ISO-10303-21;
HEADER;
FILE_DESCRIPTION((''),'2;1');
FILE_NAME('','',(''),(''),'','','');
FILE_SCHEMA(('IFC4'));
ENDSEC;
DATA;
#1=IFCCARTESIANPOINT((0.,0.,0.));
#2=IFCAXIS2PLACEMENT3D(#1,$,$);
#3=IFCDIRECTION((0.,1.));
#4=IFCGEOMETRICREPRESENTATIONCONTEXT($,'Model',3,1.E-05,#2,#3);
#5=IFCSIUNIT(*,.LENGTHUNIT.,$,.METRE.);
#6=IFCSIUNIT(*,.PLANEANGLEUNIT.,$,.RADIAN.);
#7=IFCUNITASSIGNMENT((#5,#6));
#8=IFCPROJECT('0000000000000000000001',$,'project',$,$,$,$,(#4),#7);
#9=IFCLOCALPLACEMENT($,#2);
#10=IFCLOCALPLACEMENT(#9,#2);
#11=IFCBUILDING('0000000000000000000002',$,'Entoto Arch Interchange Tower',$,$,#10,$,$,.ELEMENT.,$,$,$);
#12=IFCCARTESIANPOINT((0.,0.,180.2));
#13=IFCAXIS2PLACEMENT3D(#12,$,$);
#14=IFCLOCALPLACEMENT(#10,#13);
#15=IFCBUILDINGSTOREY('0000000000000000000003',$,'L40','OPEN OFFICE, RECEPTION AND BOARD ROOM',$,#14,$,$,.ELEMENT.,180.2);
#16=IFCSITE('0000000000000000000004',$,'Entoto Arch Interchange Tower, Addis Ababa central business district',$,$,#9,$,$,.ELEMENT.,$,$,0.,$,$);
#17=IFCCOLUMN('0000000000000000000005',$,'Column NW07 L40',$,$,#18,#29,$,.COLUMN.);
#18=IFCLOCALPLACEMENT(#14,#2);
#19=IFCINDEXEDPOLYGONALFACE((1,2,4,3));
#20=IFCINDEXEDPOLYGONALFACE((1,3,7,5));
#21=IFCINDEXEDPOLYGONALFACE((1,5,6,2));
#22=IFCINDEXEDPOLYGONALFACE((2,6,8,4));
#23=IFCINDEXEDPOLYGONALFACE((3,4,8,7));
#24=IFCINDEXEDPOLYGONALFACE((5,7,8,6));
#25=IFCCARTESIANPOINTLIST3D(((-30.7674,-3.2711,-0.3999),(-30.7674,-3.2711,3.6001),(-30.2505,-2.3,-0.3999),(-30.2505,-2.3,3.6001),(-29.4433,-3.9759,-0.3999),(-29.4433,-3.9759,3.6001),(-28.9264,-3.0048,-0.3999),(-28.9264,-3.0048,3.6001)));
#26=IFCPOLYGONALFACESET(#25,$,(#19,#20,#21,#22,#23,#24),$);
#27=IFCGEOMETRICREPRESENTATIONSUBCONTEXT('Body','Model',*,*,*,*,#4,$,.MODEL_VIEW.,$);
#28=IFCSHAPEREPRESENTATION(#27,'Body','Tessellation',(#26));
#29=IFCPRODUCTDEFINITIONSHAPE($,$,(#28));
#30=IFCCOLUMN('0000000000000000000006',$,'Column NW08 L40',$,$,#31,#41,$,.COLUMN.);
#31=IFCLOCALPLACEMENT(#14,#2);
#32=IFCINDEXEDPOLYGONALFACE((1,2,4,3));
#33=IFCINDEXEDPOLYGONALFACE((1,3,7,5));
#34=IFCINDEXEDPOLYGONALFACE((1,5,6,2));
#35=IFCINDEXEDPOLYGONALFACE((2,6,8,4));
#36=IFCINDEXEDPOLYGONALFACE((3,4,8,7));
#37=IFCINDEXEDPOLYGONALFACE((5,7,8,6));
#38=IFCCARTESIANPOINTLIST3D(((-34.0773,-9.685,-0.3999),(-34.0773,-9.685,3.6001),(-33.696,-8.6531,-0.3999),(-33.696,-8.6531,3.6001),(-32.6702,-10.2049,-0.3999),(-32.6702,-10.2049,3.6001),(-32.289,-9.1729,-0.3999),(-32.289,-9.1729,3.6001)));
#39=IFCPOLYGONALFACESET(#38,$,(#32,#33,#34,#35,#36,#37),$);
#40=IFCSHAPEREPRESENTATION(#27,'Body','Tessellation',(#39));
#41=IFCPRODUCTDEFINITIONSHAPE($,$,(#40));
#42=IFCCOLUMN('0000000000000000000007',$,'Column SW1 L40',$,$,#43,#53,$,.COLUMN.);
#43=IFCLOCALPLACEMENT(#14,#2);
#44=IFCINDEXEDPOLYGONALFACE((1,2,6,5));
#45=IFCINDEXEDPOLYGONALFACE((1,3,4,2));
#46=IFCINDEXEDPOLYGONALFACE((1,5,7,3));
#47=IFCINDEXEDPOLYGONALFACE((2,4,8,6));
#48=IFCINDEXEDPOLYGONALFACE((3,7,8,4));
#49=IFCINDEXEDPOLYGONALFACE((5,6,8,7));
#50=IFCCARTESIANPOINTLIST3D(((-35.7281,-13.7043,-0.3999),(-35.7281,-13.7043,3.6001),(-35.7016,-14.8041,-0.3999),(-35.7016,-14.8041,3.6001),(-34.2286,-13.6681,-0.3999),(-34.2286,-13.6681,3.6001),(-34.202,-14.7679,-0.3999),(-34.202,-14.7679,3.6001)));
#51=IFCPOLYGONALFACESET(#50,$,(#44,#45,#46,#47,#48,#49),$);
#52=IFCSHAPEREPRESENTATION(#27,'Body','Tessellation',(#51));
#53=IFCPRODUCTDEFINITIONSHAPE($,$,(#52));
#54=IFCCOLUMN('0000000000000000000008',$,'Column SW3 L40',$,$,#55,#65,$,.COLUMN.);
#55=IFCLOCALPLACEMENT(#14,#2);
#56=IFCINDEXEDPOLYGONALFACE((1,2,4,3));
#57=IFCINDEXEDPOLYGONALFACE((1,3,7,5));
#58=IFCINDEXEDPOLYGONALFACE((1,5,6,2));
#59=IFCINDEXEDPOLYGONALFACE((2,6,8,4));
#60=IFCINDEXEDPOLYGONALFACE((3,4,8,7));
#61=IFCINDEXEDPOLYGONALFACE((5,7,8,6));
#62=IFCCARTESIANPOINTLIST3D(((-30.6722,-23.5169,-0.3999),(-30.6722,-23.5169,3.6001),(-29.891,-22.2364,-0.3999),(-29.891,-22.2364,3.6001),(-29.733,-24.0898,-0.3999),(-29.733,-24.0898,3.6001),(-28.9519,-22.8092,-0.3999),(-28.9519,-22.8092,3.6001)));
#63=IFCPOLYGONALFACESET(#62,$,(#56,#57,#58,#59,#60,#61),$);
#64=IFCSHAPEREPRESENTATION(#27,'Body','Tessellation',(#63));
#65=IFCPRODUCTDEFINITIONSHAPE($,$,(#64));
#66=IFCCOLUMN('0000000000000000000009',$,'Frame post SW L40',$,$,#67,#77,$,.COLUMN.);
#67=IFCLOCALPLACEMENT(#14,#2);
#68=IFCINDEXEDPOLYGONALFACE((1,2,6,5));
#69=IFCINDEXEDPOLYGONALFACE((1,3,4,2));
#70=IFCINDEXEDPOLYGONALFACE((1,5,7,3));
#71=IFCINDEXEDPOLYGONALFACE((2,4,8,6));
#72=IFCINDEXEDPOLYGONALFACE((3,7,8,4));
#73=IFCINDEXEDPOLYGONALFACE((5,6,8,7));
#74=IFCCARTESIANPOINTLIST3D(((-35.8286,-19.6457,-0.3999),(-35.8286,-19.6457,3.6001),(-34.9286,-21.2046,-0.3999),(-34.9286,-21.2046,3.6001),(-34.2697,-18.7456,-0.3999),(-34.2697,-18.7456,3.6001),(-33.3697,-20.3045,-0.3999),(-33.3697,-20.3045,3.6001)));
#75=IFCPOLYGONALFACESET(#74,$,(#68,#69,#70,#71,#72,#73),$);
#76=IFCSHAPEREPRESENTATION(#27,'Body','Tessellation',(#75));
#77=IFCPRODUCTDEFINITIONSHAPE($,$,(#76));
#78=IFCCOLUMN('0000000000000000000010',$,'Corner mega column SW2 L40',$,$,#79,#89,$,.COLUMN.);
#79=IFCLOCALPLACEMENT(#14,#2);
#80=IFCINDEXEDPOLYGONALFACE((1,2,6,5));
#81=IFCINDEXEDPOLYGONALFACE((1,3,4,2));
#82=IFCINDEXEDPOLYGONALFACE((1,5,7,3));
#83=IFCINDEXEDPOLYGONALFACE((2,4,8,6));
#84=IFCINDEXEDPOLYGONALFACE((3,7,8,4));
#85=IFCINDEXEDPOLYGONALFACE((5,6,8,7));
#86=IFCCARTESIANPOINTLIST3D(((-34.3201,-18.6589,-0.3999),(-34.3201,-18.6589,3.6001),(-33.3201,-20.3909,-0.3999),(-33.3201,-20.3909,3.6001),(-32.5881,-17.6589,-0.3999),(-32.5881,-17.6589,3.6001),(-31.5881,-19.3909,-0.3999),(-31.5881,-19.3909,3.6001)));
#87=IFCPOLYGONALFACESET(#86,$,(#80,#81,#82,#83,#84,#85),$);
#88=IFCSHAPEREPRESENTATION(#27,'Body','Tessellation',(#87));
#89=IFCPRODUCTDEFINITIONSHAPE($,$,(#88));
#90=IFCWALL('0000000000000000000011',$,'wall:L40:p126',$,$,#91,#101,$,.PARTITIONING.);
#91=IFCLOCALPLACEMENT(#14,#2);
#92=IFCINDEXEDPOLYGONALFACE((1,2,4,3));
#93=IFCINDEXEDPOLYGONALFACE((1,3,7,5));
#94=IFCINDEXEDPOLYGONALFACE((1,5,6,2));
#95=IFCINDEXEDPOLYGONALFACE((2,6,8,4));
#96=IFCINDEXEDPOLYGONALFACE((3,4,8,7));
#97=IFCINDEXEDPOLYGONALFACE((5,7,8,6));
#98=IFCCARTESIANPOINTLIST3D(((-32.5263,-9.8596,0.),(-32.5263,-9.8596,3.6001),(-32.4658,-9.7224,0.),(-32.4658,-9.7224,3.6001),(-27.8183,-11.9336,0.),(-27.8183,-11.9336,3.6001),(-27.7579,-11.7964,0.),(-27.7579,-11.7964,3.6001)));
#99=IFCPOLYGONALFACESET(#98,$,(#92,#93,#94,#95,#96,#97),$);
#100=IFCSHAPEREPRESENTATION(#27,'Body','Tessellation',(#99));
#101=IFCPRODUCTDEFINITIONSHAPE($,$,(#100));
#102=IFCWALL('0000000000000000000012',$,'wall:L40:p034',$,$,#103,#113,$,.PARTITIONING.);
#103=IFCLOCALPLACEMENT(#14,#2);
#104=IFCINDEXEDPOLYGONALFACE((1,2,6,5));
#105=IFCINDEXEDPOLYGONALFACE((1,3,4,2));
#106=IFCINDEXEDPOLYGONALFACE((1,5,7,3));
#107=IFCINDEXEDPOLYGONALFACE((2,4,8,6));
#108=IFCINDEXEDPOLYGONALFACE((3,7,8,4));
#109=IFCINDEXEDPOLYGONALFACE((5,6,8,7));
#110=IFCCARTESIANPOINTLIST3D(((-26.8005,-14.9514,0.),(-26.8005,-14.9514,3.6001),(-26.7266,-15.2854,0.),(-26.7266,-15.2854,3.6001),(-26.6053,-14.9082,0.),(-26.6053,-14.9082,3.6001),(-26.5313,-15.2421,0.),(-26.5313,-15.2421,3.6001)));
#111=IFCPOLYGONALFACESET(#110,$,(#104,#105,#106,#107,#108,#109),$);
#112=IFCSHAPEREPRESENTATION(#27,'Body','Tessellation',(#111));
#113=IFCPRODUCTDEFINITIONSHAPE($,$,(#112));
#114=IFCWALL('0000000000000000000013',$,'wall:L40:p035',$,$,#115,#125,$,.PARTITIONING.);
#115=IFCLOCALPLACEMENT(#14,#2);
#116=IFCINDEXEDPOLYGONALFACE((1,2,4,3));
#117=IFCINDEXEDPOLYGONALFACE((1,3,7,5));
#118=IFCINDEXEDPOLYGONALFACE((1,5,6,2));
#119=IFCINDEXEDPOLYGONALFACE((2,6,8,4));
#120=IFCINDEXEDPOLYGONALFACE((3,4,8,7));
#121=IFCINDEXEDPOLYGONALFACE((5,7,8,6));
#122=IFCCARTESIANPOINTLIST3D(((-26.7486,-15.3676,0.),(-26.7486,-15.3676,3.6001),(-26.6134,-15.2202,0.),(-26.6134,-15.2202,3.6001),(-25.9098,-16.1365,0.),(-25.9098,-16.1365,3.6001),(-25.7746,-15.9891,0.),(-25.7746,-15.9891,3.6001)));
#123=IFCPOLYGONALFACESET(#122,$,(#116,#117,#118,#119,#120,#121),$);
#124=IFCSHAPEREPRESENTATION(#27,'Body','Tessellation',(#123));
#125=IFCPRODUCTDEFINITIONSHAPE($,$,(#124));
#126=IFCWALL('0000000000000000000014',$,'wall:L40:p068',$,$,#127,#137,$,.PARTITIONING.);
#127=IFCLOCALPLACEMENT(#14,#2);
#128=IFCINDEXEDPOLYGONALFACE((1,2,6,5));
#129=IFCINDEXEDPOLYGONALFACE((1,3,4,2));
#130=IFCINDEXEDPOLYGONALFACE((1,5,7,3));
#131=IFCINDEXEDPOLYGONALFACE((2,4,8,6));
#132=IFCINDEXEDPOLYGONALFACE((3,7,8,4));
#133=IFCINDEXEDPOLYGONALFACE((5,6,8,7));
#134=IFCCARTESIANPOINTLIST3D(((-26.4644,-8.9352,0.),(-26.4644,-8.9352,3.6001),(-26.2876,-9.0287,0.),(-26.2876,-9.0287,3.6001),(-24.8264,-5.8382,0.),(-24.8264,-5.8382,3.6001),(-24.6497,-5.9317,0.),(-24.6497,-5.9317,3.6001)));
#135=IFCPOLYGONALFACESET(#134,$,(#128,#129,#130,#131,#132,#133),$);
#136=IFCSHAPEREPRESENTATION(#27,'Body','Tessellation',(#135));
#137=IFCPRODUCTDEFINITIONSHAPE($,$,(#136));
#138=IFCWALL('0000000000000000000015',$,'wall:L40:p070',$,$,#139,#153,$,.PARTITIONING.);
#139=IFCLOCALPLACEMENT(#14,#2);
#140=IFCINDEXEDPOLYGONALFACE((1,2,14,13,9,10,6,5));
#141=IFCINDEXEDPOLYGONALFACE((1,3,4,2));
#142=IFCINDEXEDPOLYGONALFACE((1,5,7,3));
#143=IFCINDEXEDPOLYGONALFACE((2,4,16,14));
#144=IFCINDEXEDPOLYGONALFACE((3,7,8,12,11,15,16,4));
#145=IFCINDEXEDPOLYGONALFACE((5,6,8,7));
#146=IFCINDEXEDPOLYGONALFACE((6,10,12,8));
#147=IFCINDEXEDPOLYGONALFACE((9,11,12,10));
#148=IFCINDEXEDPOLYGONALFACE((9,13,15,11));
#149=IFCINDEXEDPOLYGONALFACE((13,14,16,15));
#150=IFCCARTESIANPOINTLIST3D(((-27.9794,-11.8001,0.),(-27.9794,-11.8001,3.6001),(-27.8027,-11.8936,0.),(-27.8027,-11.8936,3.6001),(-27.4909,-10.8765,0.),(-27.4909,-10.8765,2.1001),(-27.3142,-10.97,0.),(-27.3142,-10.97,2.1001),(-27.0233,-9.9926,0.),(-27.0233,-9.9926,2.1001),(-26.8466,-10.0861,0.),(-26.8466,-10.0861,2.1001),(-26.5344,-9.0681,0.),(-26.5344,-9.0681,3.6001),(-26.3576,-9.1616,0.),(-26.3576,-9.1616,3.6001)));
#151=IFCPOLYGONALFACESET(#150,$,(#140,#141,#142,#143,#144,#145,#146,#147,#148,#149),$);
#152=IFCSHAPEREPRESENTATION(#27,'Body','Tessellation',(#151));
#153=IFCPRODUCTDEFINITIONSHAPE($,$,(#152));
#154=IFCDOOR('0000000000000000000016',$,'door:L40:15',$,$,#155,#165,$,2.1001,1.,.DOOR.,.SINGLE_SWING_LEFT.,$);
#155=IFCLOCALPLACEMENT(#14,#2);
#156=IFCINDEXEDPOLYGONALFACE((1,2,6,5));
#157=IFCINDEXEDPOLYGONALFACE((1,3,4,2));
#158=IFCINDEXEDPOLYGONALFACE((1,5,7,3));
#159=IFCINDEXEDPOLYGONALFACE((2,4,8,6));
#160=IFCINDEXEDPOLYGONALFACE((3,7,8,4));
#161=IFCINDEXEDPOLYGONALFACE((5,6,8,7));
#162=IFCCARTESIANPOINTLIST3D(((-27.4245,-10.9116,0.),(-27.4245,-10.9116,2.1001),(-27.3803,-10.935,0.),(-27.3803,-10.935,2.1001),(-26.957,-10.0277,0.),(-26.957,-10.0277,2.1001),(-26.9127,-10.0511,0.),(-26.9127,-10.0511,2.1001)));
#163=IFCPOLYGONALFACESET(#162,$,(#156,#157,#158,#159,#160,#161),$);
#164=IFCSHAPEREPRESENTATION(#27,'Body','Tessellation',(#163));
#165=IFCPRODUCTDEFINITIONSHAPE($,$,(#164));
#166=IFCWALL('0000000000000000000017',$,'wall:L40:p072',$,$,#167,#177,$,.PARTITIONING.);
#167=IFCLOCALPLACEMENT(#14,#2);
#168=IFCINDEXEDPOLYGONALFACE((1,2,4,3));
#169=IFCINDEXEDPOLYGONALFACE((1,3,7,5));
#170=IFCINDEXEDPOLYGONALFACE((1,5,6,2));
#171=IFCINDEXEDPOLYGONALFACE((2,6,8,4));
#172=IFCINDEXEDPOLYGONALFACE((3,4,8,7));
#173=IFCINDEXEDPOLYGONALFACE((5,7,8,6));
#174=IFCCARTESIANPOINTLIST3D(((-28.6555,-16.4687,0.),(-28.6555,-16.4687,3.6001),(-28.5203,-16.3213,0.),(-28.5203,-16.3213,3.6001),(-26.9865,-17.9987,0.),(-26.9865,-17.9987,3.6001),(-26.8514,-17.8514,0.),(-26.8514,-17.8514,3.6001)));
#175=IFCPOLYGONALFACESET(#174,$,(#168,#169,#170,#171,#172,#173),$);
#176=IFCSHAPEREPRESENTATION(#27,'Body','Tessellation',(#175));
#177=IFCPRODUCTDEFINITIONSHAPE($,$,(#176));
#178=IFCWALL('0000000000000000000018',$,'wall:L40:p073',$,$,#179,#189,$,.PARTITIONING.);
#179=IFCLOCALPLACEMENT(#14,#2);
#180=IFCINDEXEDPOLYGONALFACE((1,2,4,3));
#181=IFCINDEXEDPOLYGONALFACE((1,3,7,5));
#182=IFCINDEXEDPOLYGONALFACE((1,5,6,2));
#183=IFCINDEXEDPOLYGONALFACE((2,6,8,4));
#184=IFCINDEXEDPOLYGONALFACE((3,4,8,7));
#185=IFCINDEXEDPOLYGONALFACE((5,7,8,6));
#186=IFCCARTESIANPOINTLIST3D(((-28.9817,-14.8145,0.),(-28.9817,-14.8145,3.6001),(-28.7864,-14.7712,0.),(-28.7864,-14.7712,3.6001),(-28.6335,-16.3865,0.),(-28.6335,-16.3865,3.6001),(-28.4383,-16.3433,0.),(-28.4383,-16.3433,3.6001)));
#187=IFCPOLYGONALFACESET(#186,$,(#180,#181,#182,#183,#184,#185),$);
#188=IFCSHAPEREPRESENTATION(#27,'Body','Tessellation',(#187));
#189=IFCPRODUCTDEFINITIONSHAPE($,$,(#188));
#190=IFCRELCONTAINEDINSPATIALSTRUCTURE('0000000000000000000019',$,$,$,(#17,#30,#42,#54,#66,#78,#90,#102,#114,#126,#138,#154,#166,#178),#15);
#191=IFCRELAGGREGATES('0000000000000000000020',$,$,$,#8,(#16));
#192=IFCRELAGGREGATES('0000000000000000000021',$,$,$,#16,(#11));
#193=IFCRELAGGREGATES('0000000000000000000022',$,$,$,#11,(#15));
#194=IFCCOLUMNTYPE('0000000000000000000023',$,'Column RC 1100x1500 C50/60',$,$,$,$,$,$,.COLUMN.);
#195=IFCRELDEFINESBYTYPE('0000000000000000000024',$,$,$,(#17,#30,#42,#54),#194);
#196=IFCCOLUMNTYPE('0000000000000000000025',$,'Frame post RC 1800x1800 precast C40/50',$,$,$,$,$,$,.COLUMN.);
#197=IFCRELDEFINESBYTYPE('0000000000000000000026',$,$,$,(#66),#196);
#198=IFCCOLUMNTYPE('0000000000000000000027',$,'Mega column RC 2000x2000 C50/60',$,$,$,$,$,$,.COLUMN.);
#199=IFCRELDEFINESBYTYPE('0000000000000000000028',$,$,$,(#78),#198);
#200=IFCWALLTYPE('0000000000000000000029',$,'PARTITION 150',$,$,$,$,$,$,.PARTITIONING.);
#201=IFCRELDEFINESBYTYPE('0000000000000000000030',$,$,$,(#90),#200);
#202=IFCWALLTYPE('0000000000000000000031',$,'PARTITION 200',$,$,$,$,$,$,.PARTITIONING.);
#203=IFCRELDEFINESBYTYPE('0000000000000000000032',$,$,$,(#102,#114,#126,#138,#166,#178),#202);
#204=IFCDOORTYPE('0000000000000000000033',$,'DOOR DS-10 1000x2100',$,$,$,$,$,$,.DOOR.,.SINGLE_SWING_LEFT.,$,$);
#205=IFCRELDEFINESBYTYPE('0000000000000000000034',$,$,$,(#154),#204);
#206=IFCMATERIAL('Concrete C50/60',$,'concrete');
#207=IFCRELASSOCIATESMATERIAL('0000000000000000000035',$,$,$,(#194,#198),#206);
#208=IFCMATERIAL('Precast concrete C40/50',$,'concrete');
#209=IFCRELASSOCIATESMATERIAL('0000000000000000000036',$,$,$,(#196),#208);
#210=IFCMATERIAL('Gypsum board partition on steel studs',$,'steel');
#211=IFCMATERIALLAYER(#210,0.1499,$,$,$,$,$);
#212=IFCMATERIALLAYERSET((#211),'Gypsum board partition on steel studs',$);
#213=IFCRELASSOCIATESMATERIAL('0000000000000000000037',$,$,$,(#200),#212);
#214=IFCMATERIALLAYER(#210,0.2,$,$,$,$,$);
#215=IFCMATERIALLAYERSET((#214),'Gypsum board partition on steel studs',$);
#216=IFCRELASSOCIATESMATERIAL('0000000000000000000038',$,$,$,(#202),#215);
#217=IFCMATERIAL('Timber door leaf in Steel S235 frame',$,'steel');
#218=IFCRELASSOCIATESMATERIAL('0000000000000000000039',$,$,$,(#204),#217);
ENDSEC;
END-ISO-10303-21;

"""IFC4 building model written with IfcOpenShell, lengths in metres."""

from ifc_helpers import new_model, si_unit, direction, frame, frame_2d, origin, origin_2d, place, context, subcontext, project, spatial, rectangle, extrude, material, layer, layer_set, material_profile, profile_set, type_object, element, fill, save


model = new_model("IFC4")

# Units and contexts
model_context = context("Model", 3, precision=1e-05, world=origin(), true_north=direction((0.0, 1.0)))
body_context = subcontext(model_context, "Body", "Model", "MODEL_VIEW")
ifc_project = project(units=[si_unit("LENGTHUNIT", "METRE"), si_unit("PLANEANGLEUNIT", "RADIAN")], contexts=[model_context])

# Site, building, storey
site_placement = place(None, origin())
site = spatial("IfcSite", under=ifc_project, at=site_placement, Name="Entoto Arch Interchange Tower, Addis Ababa central business district", CompositionType="ELEMENT", RefElevation=0.0)
building_placement = place(site_placement, origin())
building = spatial("IfcBuilding", under=site, at=building_placement, Name="Entoto Arch Interchange Tower", CompositionType="ELEMENT")
storey_placement = place(building_placement, frame((0.0, 0.0, 180.2)))
storey = spatial("IfcBuildingStorey", under=building, at=storey_placement, Name="L40", Description="OPEN OFFICE, RECEPTION AND BOARD ROOM", CompositionType="ELEMENT", Elevation=180.2)

# Columns
ifc_material_1 = material(Name="Concrete C50/60", Category="concrete")
ifc_material_profile_1 = material_profile(ifc_material_1, rectangle(XDim=1.1001, YDim=1.5, at=origin_2d()))
ifc_profile_set_1 = profile_set([ifc_material_profile_1], Name="Concrete C50/60")
column_type_1 = type_object("IfcColumnType", Name="Column RC 1100x1500 C50/60", PredefinedType="COLUMN", material=ifc_profile_set_1)
for number, where, z_axis, x_axis, name in (
    (1, (-29.8469, -3.1379, -0.3999), (0.0, 0.0, 1.0), (0.469857, 0.882743, 0.0), "Column NW07 L40"),
    (2, (-33.1831, -9.429, -0.3999), (0.0, 0.0, 1.0), (0.346592, 0.938016, 0.0), "Column NW08 L40"),
    (3, (-34.9651, -14.2361, -0.3999), (0.0, 0.0, 1.0), (-0.024118, 0.999709, 0.0), "Column SW1 L40"),
    (4, (-29.812, -23.1631, -0.3999), (0.0, 0.0, 1.0), (-0.853714, 0.520741, 0.0), "Column SW3 L40"),
):
    element("IfcColumn", number, at=place(storey_placement, frame(where, z_axis=z_axis, x_axis=x_axis)), inside=storey, type_object=column_type_1, Name=name, PredefinedType="COLUMN", context=body_context, shape_type="SweptSolid", body=[
        extrude(rectangle(XDim=1.1001, YDim=1.5, at=origin_2d()), origin(), (0.0, 0.0, 1.0), 4.0),
    ])
ifc_material_2 = material(Name="Precast concrete C40/50", Category="concrete")
ifc_material_profile_2 = material_profile(ifc_material_2, rectangle(XDim=1.8, YDim=1.8, at=origin_2d()))
ifc_profile_set_2 = profile_set([ifc_material_profile_2], Name="Precast concrete C40/50")
column_type_2 = type_object("IfcColumnType", Name="Frame post RC 1800x1800 precast C40/50", PredefinedType="COLUMN", material=ifc_profile_set_2)
column_1_placement = place(storey_placement, frame((-34.5991, -19.9751, -0.3999), z_axis=(0.0, 0.0, 1.0), x_axis=(0.866025, 0.5, 0.0)))
element("IfcColumn", 5, at=column_1_placement, inside=storey, type_object=column_type_2, Name="Frame post SW L40", PredefinedType="COLUMN", context=body_context, shape_type="SweptSolid", body=[
    extrude(rectangle(XDim=1.8, YDim=1.8, at=origin_2d()), origin(), (0.0, 0.0, 1.0), 4.0),
])
ifc_material_profile_3 = material_profile(ifc_material_1, rectangle(XDim=2.0, YDim=2.0, at=origin_2d()))
ifc_profile_set_3 = profile_set([ifc_material_profile_3], Name="Concrete C50/60")
column_type_3 = type_object("IfcColumnType", Name="Mega column RC 2000x2000 C50/60", PredefinedType="COLUMN", material=ifc_profile_set_3)
column_2_placement = place(storey_placement, frame((-32.9541, -19.0249, -0.3999), z_axis=(0.0, 0.0, 1.0), x_axis=(0.866025, 0.5, 0.0)))
element("IfcColumn", 6, at=column_2_placement, inside=storey, type_object=column_type_3, Name="Corner mega column SW2 L40", PredefinedType="COLUMN", context=body_context, shape_type="SweptSolid", body=[
    extrude(rectangle(XDim=2.0, YDim=2.0, at=origin_2d()), origin(), (0.0, 0.0, 1.0), 4.0),
])

# Walls
ifc_material_3 = material(Name="Gypsum board partition on steel studs", Category="steel")
ifc_layer_1 = layer(ifc_material_3, 0.1499)
ifc_layer_set_1 = layer_set([ifc_layer_1], Name="Gypsum board partition on steel studs")
wall_type_1 = type_object("IfcWallType", Name="PARTITION 150", PredefinedType="PARTITIONING", material=ifc_layer_set_1)
wall_1_placement = place(storey_placement, frame((-27.7881, -11.865, 0.0), z_axis=(0.0, 0.0, 1.0), x_axis=(-0.915139, 0.403138, 0.0)))
element("IfcWall", 7, at=wall_1_placement, inside=storey, type_object=wall_type_1, Name="wall:L40:p126", PredefinedType="PARTITIONING", context=body_context, shape_type="SweptSolid", body=[
    extrude(rectangle(XDim=5.1445, YDim=0.1499, at=frame_2d((2.5723, 0.0))), origin(), (0.0, 0.0, 1.0), 3.6001),
])
ifc_layer_2 = layer(ifc_material_3, 0.2)
ifc_layer_set_2 = layer_set([ifc_layer_2], Name="Gypsum board partition on steel studs")
wall_type_2 = type_object("IfcWallType", Name="PARTITION 200", PredefinedType="PARTITIONING", material=ifc_layer_set_2)
wall_2_placement = place(storey_placement, frame((-26.7029, -14.9299, 0.0), z_axis=(0.0, 0.0, 1.0), x_axis=(0.21625, -0.976338, 0.0)))
element("IfcWall", 8, at=wall_2_placement, inside=storey, type_object=wall_type_2, Name="wall:L40:p034", PredefinedType="PARTITIONING", context=body_context, shape_type="SweptSolid", body=[
    extrude(rectangle(XDim=0.342, YDim=0.2, at=frame_2d((0.1709, 0.0))), origin(), (0.0, 0.0, 1.0), 3.6001),
])
wall_3_placement = place(storey_placement, frame((-26.6809, -15.2939, 0.0), z_axis=(0.0, 0.0, 1.0), x_axis=(0.737119, -0.675763, 0.0)))
element("IfcWall", 9, at=wall_3_placement, inside=storey, type_object=wall_type_2, Name="wall:L40:p035", PredefinedType="PARTITIONING", context=body_context, shape_type="SweptSolid", body=[
    extrude(rectangle(XDim=1.1379, YDim=0.2, at=frame_2d((0.5688, 0.0))), origin(), (0.0, 0.0, 1.0), 3.6001),
])
wall_4_placement = place(storey_placement, frame((-26.376, -8.9819, 0.0), z_axis=(0.0, 0.0, 1.0), x_axis=(0.467529, 0.883978, 0.0)))
element("IfcWall", 10, at=wall_4_placement, inside=storey, type_object=wall_type_2, Name="wall:L40:p068", PredefinedType="PARTITIONING", context=body_context, shape_type="SweptSolid", body=[
    extrude(rectangle(XDim=3.5034, YDim=0.2, at=frame_2d((1.7517, 0.0))), origin(), (0.0, 0.0, 1.0), 3.6001),
])

# Wall, opening, door
wall_5_placement = place(storey_placement, frame((-27.8911, -11.8469, 0.0), z_axis=(0.0, 0.0, 1.0), x_axis=(0.467572, 0.883955, 0.0)))
wall_5 = element("IfcWall", 11, at=wall_5_placement, inside=storey, type_object=wall_type_2, Name="wall:L40:p070", PredefinedType="PARTITIONING", context=body_context, shape_type="SweptSolid", body=[
    extrude(rectangle(XDim=3.0906, YDim=0.2, at=frame_2d((1.5454, 0.0))), origin(), (0.0, 0.0, 1.0), 3.6001),
])
opening_1_placement = place(wall_5_placement, frame((1.0449, 0.0, 0.0)))
opening_1 = element("IfcOpeningElement", 12, at=opening_1_placement, cuts=wall_5, PredefinedType="OPENING", context=body_context, shape_type="SweptSolid", body=[
    extrude(rectangle(XDim=1.0, YDim=2.1001, at=frame_2d((0.5, 1.05))), frame((0.0, 0.1099, 0.0), z_axis=(0.0, -1.0, 0.0), x_axis=(1.0, 0.0, 0.0)), (0.0, 0.0, 1.0), 0.22),
])
ifc_material_4 = material(Name="Timber door leaf in Steel S235 frame", Category="steel")
door_type = type_object("IfcDoorType", Name="DOOR DS-10 1000x2100", OperationType="SINGLE_SWING_LEFT", PredefinedType="DOOR", material=ifc_material_4)
door_placement = place(opening_1_placement, origin())
door = element("IfcDoor", 13, at=door_placement, inside=storey, type_object=door_type, Name="door:L40:15", OperationType="SINGLE_SWING_LEFT", OverallHeight=2.1001, OverallWidth=1.0, PredefinedType="DOOR", context=body_context, shape_type="SweptSolid", body=[
    extrude(rectangle(XDim=1.0, YDim=2.1001, at=frame_2d((0.5, 1.05))), frame((0.0, 0.0249, 0.0), z_axis=(0.0, -1.0, 0.0), x_axis=(1.0, 0.0, 0.0)), (0.0, 0.0, 1.0), 0.05),
])
fill(opening_1, door)

# Walls
wall_6_placement = place(storey_placement, frame((-26.9189, -17.925, 0.0), z_axis=(0.0, 0.0, 1.0), x_axis=(-0.737118, 0.675764, 0.0)))
element("IfcWall", 14, at=wall_6_placement, inside=storey, type_object=wall_type_2, Name="wall:L40:p072", PredefinedType="PARTITIONING", context=body_context, shape_type="SweptSolid", body=[
    extrude(rectangle(XDim=2.2642, YDim=0.2, at=frame_2d((1.1321, 0.0))), origin(), (0.0, 0.0, 1.0), 3.6001),
])
wall_7_placement = place(storey_placement, frame((-28.5359, -16.365, 0.0), z_axis=(0.0, 0.0, 1.0), x_axis=(-0.216224, 0.976344, 0.0)))
element("IfcWall", 15, at=wall_7_placement, inside=storey, type_object=wall_type_2, Name="wall:L40:p073", PredefinedType="PARTITIONING", context=body_context, shape_type="SweptSolid", body=[
    extrude(rectangle(XDim=1.6101, YDim=0.2, at=frame_2d((0.8052, 0.0))), origin(), (0.0, 0.0, 1.0), 3.6001),
])

save(model, "model.ifc")
